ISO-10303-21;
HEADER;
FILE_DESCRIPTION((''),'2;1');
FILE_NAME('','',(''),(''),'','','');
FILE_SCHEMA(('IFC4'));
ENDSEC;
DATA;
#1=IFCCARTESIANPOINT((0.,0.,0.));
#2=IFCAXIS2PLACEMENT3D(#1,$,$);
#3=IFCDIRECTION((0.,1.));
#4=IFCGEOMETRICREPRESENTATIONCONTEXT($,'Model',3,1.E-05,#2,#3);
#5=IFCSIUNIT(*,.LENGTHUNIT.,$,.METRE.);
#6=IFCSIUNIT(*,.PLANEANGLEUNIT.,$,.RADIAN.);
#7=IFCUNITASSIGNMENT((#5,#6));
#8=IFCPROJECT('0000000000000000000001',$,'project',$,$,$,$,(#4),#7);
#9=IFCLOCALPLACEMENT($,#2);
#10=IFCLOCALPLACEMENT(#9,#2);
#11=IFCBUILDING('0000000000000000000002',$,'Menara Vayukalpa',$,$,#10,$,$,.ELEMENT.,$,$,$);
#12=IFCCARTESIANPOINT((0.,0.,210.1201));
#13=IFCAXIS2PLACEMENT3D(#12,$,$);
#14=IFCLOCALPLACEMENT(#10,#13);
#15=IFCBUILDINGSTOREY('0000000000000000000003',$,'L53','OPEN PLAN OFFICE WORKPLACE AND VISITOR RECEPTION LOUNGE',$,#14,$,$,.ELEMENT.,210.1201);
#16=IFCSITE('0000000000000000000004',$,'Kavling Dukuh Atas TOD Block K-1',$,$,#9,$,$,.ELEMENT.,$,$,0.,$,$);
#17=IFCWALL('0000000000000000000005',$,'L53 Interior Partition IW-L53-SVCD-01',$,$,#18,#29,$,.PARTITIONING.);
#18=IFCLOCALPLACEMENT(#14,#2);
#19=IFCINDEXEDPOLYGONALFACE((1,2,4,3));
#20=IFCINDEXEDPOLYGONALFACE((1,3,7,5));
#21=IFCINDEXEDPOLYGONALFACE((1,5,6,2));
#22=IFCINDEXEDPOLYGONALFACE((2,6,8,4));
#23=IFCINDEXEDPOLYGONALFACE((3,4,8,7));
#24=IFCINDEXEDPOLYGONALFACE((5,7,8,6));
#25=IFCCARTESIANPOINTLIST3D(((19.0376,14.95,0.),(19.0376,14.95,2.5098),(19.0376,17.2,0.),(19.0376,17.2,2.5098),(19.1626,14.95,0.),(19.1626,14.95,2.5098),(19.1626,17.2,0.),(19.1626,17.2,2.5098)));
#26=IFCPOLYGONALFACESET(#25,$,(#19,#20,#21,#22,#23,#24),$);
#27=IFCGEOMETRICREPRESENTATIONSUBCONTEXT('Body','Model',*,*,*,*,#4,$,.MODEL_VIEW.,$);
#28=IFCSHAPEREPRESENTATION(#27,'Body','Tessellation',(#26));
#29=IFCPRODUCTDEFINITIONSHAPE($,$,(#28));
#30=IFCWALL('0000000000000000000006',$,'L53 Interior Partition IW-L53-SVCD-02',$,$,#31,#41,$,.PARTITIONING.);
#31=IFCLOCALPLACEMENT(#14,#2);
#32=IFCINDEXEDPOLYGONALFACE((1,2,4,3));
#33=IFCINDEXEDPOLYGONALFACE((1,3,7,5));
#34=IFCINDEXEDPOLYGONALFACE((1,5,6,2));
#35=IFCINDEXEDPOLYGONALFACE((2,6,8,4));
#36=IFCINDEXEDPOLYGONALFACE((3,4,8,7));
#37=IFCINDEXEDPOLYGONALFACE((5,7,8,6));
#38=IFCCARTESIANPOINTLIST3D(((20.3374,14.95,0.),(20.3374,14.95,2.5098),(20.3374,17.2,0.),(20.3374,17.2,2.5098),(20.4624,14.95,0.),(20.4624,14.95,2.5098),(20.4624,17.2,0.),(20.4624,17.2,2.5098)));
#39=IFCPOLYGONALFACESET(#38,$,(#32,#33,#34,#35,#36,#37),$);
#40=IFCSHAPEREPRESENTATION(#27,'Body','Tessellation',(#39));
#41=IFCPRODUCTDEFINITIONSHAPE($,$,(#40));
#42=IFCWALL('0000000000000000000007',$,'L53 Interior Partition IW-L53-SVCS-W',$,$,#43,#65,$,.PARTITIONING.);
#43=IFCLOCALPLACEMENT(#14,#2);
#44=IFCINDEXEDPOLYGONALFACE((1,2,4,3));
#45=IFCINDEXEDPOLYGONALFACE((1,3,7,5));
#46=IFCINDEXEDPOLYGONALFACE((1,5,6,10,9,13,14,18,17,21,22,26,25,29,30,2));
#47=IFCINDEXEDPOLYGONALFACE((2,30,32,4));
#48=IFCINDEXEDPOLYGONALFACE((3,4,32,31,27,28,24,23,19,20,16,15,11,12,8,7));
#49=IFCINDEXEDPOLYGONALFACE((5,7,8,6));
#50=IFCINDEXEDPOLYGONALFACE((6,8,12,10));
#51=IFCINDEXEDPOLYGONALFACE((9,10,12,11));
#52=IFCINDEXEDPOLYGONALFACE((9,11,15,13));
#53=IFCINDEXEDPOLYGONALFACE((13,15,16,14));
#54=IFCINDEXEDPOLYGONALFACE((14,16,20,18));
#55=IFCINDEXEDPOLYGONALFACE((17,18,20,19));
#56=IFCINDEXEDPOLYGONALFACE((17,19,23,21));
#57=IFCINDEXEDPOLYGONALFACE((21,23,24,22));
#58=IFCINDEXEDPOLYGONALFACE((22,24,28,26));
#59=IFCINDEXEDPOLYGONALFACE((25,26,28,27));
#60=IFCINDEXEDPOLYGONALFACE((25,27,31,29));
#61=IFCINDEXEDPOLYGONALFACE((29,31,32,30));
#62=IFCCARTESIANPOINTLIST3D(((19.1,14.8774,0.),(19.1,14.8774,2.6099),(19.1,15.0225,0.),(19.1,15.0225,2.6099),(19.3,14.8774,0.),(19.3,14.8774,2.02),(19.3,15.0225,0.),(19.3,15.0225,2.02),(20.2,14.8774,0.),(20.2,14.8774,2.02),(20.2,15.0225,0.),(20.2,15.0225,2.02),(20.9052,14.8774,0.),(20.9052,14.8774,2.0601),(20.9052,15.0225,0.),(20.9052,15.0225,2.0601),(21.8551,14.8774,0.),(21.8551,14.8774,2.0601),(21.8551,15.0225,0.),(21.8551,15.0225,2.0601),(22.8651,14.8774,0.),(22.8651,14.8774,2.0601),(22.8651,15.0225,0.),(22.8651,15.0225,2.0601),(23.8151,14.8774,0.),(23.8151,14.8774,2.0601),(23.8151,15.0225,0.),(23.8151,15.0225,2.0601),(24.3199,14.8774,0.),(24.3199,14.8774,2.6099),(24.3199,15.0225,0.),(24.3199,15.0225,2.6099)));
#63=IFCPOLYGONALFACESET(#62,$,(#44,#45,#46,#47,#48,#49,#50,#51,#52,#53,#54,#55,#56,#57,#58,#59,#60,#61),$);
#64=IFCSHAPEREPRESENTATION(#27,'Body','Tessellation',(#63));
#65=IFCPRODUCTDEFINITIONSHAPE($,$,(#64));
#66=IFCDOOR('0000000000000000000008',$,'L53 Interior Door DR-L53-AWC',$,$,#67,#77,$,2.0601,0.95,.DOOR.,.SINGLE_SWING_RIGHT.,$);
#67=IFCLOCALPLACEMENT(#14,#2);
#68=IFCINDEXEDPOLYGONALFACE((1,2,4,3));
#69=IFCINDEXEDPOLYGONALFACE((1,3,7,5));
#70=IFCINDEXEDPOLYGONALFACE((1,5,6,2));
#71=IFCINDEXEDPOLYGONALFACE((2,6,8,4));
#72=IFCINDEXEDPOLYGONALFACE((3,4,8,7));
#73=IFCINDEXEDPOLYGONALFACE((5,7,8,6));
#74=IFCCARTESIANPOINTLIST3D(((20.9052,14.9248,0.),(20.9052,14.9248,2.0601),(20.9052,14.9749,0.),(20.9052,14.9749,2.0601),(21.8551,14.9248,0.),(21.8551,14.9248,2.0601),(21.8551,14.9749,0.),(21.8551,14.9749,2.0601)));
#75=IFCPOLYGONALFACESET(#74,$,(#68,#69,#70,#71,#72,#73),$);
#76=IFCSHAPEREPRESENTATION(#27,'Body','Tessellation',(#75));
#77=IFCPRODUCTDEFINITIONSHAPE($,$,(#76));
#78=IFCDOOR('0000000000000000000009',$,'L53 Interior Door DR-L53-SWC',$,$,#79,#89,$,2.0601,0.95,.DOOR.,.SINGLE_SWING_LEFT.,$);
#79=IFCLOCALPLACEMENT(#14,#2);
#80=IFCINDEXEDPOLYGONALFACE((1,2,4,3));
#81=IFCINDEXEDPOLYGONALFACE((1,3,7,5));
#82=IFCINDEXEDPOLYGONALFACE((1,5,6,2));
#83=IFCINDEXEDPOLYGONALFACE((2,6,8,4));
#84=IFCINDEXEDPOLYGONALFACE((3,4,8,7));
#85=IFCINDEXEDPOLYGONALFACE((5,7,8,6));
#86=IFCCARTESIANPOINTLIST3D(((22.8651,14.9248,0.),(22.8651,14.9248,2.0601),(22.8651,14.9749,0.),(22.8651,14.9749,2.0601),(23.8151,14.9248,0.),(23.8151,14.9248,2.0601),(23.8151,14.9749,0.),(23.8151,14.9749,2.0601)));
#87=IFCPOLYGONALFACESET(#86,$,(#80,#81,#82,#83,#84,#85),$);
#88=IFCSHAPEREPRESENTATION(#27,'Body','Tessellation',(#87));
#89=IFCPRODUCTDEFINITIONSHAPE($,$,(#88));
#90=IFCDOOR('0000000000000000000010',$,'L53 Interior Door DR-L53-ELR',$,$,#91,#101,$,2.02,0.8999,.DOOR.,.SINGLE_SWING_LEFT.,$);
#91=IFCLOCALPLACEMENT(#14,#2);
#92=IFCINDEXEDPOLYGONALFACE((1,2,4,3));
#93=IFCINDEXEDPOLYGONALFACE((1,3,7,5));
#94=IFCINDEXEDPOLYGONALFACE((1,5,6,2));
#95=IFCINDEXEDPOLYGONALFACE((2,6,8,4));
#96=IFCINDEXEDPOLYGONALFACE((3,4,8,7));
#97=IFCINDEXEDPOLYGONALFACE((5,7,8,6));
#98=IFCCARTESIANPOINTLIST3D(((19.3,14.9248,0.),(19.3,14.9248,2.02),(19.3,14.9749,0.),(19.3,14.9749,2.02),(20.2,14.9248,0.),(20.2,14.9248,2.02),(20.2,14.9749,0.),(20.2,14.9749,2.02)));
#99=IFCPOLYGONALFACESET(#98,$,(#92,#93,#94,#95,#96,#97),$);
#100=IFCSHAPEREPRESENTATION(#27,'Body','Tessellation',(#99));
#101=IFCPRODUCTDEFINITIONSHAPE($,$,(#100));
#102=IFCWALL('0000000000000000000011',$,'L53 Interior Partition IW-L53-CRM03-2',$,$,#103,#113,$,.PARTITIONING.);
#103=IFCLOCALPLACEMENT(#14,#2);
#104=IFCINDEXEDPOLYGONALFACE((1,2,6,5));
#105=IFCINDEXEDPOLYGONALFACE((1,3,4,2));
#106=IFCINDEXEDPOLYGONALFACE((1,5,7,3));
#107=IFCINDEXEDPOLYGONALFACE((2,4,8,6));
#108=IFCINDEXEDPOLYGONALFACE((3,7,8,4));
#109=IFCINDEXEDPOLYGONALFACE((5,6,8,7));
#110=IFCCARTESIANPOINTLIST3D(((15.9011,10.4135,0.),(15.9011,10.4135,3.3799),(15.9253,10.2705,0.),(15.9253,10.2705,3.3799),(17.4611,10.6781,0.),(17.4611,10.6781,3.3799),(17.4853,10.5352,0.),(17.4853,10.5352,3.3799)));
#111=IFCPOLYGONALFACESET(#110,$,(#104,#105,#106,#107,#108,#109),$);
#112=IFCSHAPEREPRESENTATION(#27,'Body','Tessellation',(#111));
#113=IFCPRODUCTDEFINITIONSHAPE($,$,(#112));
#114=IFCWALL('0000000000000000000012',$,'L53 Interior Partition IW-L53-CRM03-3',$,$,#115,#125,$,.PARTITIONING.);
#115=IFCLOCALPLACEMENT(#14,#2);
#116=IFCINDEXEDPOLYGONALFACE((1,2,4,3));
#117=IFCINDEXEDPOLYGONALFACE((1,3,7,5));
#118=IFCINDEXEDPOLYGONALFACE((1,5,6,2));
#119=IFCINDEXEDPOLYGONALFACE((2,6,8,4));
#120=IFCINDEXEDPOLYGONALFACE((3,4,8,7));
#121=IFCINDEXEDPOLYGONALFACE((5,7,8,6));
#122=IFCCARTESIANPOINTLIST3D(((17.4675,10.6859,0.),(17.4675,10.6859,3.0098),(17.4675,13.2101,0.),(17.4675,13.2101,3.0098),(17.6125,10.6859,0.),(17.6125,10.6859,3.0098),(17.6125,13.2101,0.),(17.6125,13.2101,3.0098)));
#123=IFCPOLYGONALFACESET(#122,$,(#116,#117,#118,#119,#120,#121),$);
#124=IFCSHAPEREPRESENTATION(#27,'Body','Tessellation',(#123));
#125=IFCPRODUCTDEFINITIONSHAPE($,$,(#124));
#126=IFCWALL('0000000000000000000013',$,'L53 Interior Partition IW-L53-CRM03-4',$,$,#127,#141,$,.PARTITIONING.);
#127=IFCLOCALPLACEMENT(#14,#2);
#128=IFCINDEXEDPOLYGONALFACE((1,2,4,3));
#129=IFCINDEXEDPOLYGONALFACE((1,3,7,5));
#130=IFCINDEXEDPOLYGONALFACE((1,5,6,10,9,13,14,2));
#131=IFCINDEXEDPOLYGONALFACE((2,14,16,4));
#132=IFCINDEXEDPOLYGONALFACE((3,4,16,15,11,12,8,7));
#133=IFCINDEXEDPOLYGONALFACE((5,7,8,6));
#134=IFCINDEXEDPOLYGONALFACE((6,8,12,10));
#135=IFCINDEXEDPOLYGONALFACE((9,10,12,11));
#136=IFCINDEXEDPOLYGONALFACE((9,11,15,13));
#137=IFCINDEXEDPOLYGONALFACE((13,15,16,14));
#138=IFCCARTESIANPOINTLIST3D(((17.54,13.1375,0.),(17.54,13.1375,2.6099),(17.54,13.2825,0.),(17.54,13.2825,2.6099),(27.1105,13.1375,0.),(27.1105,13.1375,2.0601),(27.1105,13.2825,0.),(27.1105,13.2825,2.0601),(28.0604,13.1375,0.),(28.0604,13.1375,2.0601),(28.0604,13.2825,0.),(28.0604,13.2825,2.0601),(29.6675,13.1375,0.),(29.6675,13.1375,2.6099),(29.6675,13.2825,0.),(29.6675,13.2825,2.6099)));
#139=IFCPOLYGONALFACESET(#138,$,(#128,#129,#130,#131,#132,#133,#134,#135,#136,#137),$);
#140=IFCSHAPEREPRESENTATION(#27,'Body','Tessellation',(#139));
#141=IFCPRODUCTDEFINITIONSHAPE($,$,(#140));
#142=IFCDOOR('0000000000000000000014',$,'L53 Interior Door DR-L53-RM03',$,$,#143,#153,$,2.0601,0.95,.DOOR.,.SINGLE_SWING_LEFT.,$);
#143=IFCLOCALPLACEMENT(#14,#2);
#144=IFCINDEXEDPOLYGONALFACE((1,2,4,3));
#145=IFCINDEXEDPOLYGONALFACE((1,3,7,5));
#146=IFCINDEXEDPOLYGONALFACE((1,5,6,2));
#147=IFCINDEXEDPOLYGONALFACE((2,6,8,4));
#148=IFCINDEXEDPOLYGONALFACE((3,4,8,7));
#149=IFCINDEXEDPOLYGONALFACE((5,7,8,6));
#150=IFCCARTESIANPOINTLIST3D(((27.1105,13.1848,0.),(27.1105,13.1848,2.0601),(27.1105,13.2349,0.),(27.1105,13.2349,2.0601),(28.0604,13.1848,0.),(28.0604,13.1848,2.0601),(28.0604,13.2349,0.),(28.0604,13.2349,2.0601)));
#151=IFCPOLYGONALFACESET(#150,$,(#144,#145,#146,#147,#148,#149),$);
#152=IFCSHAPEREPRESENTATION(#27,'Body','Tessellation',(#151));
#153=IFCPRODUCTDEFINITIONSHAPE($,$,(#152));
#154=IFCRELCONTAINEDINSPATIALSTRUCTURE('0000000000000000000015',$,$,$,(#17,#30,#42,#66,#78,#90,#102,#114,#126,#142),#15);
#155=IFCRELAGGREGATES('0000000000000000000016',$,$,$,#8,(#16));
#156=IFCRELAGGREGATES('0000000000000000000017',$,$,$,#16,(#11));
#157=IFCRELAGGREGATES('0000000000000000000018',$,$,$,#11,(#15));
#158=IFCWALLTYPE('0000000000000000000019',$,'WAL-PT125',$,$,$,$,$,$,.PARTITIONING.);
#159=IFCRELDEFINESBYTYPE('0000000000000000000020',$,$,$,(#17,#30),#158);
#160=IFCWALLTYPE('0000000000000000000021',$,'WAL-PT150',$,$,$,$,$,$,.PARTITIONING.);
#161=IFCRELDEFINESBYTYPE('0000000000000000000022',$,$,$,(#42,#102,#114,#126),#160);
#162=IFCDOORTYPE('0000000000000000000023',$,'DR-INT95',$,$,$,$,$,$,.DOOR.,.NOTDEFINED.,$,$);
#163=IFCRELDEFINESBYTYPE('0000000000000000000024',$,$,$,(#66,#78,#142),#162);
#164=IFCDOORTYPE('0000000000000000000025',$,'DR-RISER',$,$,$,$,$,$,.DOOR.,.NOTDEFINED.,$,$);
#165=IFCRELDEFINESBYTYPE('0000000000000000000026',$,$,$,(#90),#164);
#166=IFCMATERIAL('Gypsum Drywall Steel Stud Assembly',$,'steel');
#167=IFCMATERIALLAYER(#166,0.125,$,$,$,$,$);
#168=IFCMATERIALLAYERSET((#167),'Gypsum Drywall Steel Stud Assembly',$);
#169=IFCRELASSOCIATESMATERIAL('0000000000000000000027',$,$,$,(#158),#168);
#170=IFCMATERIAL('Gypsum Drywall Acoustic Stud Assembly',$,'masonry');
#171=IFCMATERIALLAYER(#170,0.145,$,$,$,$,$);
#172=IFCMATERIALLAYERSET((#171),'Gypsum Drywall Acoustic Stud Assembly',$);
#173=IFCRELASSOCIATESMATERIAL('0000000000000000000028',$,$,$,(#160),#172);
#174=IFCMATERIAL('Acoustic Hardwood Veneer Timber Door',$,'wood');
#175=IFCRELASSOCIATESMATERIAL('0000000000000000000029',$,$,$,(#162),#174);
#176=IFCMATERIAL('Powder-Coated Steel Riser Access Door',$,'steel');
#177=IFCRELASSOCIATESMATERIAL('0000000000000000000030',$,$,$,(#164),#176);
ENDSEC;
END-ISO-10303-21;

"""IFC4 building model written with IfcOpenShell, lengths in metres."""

from ifc_helpers import new_model, si_unit, direction, frame, frame_2d, origin, place, context, subcontext, project, spatial, rectangle, extrude, material, layer, layer_set, type_object, element, fill, save


model = new_model("IFC4")

# Units and contexts
model_context = context("Model", 3, precision=1e-05, world=origin(), true_north=direction((0.0, 1.0)))
body_context = subcontext(model_context, "Body", "Model", "MODEL_VIEW")
ifc_project = project(units=[si_unit("LENGTHUNIT", "METRE"), si_unit("PLANEANGLEUNIT", "RADIAN")], contexts=[model_context])

# Site, building, storey
site_placement = place(None, origin())
site = spatial("IfcSite", under=ifc_project, at=site_placement, Name="Kavling Dukuh Atas TOD Block K-1", CompositionType="ELEMENT", RefElevation=0.0)
building_placement = place(site_placement, origin())
building = spatial("IfcBuilding", under=site, at=building_placement, Name="Menara Vayukalpa", CompositionType="ELEMENT")
storey_placement = place(building_placement, frame((0.0, 0.0, 210.1201)))
storey = spatial("IfcBuildingStorey", under=building, at=storey_placement, Name="L53", Description="OPEN PLAN OFFICE WORKPLACE AND VISITOR RECEPTION LOUNGE", CompositionType="ELEMENT", Elevation=210.1201)

# Walls
ifc_material_1 = material(Name="Gypsum Drywall Steel Stud Assembly", Category="steel")
ifc_layer_1 = layer(ifc_material_1, 0.125)
ifc_layer_set_1 = layer_set([ifc_layer_1], Name="Gypsum Drywall Steel Stud Assembly")
wall_type_1 = type_object("IfcWallType", Name="WAL-PT125", PredefinedType="PARTITIONING", material=ifc_layer_set_1)
for number, where, z_axis, x_axis, name in (
    (1, (19.1001, 14.95, 0.0), (0.0, 0.0, 1.0), (0.0, 1.0, 0.0), "L53 Interior Partition IW-L53-SVCD-01"),
    (2, (20.3999, 14.95, 0.0), (0.0, 0.0, 1.0), (0.0, 1.0, 0.0), "L53 Interior Partition IW-L53-SVCD-02"),
):
    element("IfcWall", number, at=place(storey_placement, frame(where, z_axis=z_axis, x_axis=x_axis)), inside=storey, type_object=wall_type_1, Name=name, PredefinedType="PARTITIONING", context=body_context, shape_type="SweptSolid", body=[
        extrude(rectangle(XDim=2.25, YDim=0.125, at=frame_2d((1.125, 0.0))), origin(), (0.0, 0.0, 1.0), 2.5098),
    ])

# Wall, openings, doors
ifc_material_2 = material(Name="Gypsum Drywall Acoustic Stud Assembly", Category="masonry")
ifc_layer_2 = layer(ifc_material_2, 0.145)
ifc_layer_set_2 = layer_set([ifc_layer_2], Name="Gypsum Drywall Acoustic Stud Assembly")
wall_type_2 = type_object("IfcWallType", Name="WAL-PT150", PredefinedType="PARTITIONING", material=ifc_layer_set_2)
wall_1_placement = place(storey_placement, frame((19.1001, 14.95, 0.0), z_axis=(0.0, 0.0, 1.0), x_axis=(1.0, 0.0, 0.0)))
wall_1 = element("IfcWall", 3, at=wall_1_placement, inside=storey, type_object=wall_type_2, Name="L53 Interior Partition IW-L53-SVCS-W", PredefinedType="PARTITIONING", context=body_context, shape_type="SweptSolid", body=[
    extrude(rectangle(XDim=5.22, YDim=0.145, at=frame_2d((2.6099, 0.0))), origin(), (0.0, 0.0, 1.0), 2.6099),
])
opening_1_placement = place(wall_1_placement, frame((0.2, 0.0, 0.0)))
opening_1 = element("IfcOpeningElement", 4, at=opening_1_placement, cuts=wall_1, PredefinedType="OPENING", context=body_context, shape_type="SweptSolid", body=[
    extrude(rectangle(XDim=0.8999, YDim=2.02, at=frame_2d((0.45, 1.01))), frame((0.0, 0.0825, 0.0), z_axis=(0.0, -1.0, 0.0), x_axis=(1.0, 0.0, 0.0)), (0.0, 0.0, 1.0), 0.165),
])
opening_2_placement = place(wall_1_placement, frame((1.8049, 0.0, 0.0)))
opening_2 = element("IfcOpeningElement", 5, at=opening_2_placement, cuts=wall_1, PredefinedType="OPENING", context=body_context, shape_type="SweptSolid", body=[
    extrude(rectangle(XDim=0.95, YDim=2.0601, at=frame_2d((0.4751, 1.03))), frame((0.0, 0.0825, 0.0), z_axis=(0.0, -1.0, 0.0), x_axis=(1.0, 0.0, 0.0)), (0.0, 0.0, 1.0), 0.165),
])
opening_3_placement = place(wall_1_placement, frame((3.7649, 0.0, 0.0)))
opening_3 = element("IfcOpeningElement", 6, at=opening_3_placement, cuts=wall_1, PredefinedType="OPENING", context=body_context, shape_type="SweptSolid", body=[
    extrude(rectangle(XDim=0.95, YDim=2.0601, at=frame_2d((0.4751, 1.03))), frame((0.0, 0.0825, 0.0), z_axis=(0.0, -1.0, 0.0), x_axis=(1.0, 0.0, 0.0)), (0.0, 0.0, 1.0), 0.165),
])
ifc_material_3 = material(Name="Acoustic Hardwood Veneer Timber Door", Category="wood")
door_type_1 = type_object("IfcDoorType", Name="DR-INT95", OperationType="NOTDEFINED", PredefinedType="DOOR", material=ifc_material_3)
door_1_placement = place(opening_2_placement, origin())
door_1 = element("IfcDoor", 7, at=door_1_placement, inside=storey, type_object=door_type_1, Name="L53 Interior Door DR-L53-AWC", OperationType="SINGLE_SWING_RIGHT", OverallHeight=2.0601, OverallWidth=0.95, PredefinedType="DOOR", context=body_context, shape_type="SweptSolid", body=[
    extrude(rectangle(XDim=0.95, YDim=2.0601, at=frame_2d((0.4751, 1.03))), frame((0.0, 0.0249, 0.0), z_axis=(0.0, -1.0, 0.0), x_axis=(1.0, 0.0, 0.0)), (0.0, 0.0, 1.0), 0.05),
])
fill(opening_2, door_1)
door_2_placement = place(opening_3_placement, origin())
door_2 = element("IfcDoor", 8, at=door_2_placement, inside=storey, type_object=door_type_1, Name="L53 Interior Door DR-L53-SWC", OperationType="SINGLE_SWING_LEFT", OverallHeight=2.0601, OverallWidth=0.95, PredefinedType="DOOR", context=body_context, shape_type="SweptSolid", body=[
    extrude(rectangle(XDim=0.95, YDim=2.0601, at=frame_2d((0.4751, 1.03))), frame((0.0, 0.0249, 0.0), z_axis=(0.0, -1.0, 0.0), x_axis=(1.0, 0.0, 0.0)), (0.0, 0.0, 1.0), 0.05),
])
fill(opening_3, door_2)
ifc_material_4 = material(Name="Powder-Coated Steel Riser Access Door", Category="steel")
door_type_2 = type_object("IfcDoorType", Name="DR-RISER", OperationType="NOTDEFINED", PredefinedType="DOOR", material=ifc_material_4)
door_3_placement = place(opening_1_placement, origin())
door_3 = element("IfcDoor", 9, at=door_3_placement, inside=storey, type_object=door_type_2, Name="L53 Interior Door DR-L53-ELR", OperationType="SINGLE_SWING_LEFT", OverallHeight=2.02, OverallWidth=0.8999, PredefinedType="DOOR", context=body_context, shape_type="SweptSolid", body=[
    extrude(rectangle(XDim=0.8999, YDim=2.02, at=frame_2d((0.45, 1.01))), frame((0.0, 0.0249, 0.0), z_axis=(0.0, -1.0, 0.0), x_axis=(1.0, 0.0, 0.0)), (0.0, 0.0, 1.0), 0.05),
])
fill(opening_1, door_3)

# Walls
wall_2_placement = place(storey_placement, frame((15.9133, 10.342, 0.0), z_axis=(0.0, 0.0, 1.0), x_axis=(0.985914, 0.167251, 0.0)))
element("IfcWall", 10, at=wall_2_placement, inside=storey, type_object=wall_type_2, Name="L53 Interior Partition IW-L53-CRM03-2", PredefinedType="PARTITIONING", context=body_context, shape_type="SweptSolid", body=[
    extrude(rectangle(XDim=1.5823, YDim=0.145, at=frame_2d((0.791, 0.0))), origin(), (0.0, 0.0, 1.0), 3.3799),
])
wall_3_placement = place(storey_placement, frame((17.54, 10.6858, 0.0), z_axis=(0.0, 0.0, 1.0), x_axis=(0.0, 1.0, 0.0)))
element("IfcWall", 11, at=wall_3_placement, inside=storey, type_object=wall_type_2, Name="L53 Interior Partition IW-L53-CRM03-3", PredefinedType="PARTITIONING", context=body_context, shape_type="SweptSolid", body=[
    extrude(rectangle(XDim=2.5242, YDim=0.145, at=frame_2d((1.2622, 0.0))), origin(), (0.0, 0.0, 1.0), 3.0098),
])

# Wall, opening, door
wall_4_placement = place(storey_placement, frame((17.54, 13.21, 0.0), z_axis=(0.0, 0.0, 1.0), x_axis=(1.0, 0.0, 0.0)))
wall_4 = element("IfcWall", 12, at=wall_4_placement, inside=storey, type_object=wall_type_2, Name="L53 Interior Partition IW-L53-CRM03-4", PredefinedType="PARTITIONING", context=body_context, shape_type="SweptSolid", body=[
    extrude(rectangle(XDim=12.1274, YDim=0.145, at=frame_2d((6.0637, 0.0))), origin(), (0.0, 0.0, 1.0), 2.6099),
])
opening_4_placement = place(wall_4_placement, frame((9.5703, 0.0, 0.0)))
opening_4 = element("IfcOpeningElement", 13, at=opening_4_placement, cuts=wall_4, PredefinedType="OPENING", context=body_context, shape_type="SweptSolid", body=[
    extrude(rectangle(XDim=0.95, YDim=2.0601, at=frame_2d((0.4751, 1.03))), frame((0.0, 0.0825, 0.0), z_axis=(0.0, -1.0, 0.0), x_axis=(1.0, 0.0, 0.0)), (0.0, 0.0, 1.0), 0.165),
])
door_4_placement = place(opening_4_placement, origin())
door_4 = element("IfcDoor", 14, at=door_4_placement, inside=storey, type_object=door_type_1, Name="L53 Interior Door DR-L53-RM03", OperationType="SINGLE_SWING_LEFT", OverallHeight=2.0601, OverallWidth=0.95, PredefinedType="DOOR", context=body_context, shape_type="SweptSolid", body=[
    extrude(rectangle(XDim=0.95, YDim=2.0601, at=frame_2d((0.4751, 1.03))), frame((0.0, 0.0249, 0.0), z_axis=(0.0, -1.0, 0.0), x_axis=(1.0, 0.0, 0.0)), (0.0, 0.0, 1.0), 0.05),
])
fill(opening_4, door_4)

save(model, "model.ifc")
